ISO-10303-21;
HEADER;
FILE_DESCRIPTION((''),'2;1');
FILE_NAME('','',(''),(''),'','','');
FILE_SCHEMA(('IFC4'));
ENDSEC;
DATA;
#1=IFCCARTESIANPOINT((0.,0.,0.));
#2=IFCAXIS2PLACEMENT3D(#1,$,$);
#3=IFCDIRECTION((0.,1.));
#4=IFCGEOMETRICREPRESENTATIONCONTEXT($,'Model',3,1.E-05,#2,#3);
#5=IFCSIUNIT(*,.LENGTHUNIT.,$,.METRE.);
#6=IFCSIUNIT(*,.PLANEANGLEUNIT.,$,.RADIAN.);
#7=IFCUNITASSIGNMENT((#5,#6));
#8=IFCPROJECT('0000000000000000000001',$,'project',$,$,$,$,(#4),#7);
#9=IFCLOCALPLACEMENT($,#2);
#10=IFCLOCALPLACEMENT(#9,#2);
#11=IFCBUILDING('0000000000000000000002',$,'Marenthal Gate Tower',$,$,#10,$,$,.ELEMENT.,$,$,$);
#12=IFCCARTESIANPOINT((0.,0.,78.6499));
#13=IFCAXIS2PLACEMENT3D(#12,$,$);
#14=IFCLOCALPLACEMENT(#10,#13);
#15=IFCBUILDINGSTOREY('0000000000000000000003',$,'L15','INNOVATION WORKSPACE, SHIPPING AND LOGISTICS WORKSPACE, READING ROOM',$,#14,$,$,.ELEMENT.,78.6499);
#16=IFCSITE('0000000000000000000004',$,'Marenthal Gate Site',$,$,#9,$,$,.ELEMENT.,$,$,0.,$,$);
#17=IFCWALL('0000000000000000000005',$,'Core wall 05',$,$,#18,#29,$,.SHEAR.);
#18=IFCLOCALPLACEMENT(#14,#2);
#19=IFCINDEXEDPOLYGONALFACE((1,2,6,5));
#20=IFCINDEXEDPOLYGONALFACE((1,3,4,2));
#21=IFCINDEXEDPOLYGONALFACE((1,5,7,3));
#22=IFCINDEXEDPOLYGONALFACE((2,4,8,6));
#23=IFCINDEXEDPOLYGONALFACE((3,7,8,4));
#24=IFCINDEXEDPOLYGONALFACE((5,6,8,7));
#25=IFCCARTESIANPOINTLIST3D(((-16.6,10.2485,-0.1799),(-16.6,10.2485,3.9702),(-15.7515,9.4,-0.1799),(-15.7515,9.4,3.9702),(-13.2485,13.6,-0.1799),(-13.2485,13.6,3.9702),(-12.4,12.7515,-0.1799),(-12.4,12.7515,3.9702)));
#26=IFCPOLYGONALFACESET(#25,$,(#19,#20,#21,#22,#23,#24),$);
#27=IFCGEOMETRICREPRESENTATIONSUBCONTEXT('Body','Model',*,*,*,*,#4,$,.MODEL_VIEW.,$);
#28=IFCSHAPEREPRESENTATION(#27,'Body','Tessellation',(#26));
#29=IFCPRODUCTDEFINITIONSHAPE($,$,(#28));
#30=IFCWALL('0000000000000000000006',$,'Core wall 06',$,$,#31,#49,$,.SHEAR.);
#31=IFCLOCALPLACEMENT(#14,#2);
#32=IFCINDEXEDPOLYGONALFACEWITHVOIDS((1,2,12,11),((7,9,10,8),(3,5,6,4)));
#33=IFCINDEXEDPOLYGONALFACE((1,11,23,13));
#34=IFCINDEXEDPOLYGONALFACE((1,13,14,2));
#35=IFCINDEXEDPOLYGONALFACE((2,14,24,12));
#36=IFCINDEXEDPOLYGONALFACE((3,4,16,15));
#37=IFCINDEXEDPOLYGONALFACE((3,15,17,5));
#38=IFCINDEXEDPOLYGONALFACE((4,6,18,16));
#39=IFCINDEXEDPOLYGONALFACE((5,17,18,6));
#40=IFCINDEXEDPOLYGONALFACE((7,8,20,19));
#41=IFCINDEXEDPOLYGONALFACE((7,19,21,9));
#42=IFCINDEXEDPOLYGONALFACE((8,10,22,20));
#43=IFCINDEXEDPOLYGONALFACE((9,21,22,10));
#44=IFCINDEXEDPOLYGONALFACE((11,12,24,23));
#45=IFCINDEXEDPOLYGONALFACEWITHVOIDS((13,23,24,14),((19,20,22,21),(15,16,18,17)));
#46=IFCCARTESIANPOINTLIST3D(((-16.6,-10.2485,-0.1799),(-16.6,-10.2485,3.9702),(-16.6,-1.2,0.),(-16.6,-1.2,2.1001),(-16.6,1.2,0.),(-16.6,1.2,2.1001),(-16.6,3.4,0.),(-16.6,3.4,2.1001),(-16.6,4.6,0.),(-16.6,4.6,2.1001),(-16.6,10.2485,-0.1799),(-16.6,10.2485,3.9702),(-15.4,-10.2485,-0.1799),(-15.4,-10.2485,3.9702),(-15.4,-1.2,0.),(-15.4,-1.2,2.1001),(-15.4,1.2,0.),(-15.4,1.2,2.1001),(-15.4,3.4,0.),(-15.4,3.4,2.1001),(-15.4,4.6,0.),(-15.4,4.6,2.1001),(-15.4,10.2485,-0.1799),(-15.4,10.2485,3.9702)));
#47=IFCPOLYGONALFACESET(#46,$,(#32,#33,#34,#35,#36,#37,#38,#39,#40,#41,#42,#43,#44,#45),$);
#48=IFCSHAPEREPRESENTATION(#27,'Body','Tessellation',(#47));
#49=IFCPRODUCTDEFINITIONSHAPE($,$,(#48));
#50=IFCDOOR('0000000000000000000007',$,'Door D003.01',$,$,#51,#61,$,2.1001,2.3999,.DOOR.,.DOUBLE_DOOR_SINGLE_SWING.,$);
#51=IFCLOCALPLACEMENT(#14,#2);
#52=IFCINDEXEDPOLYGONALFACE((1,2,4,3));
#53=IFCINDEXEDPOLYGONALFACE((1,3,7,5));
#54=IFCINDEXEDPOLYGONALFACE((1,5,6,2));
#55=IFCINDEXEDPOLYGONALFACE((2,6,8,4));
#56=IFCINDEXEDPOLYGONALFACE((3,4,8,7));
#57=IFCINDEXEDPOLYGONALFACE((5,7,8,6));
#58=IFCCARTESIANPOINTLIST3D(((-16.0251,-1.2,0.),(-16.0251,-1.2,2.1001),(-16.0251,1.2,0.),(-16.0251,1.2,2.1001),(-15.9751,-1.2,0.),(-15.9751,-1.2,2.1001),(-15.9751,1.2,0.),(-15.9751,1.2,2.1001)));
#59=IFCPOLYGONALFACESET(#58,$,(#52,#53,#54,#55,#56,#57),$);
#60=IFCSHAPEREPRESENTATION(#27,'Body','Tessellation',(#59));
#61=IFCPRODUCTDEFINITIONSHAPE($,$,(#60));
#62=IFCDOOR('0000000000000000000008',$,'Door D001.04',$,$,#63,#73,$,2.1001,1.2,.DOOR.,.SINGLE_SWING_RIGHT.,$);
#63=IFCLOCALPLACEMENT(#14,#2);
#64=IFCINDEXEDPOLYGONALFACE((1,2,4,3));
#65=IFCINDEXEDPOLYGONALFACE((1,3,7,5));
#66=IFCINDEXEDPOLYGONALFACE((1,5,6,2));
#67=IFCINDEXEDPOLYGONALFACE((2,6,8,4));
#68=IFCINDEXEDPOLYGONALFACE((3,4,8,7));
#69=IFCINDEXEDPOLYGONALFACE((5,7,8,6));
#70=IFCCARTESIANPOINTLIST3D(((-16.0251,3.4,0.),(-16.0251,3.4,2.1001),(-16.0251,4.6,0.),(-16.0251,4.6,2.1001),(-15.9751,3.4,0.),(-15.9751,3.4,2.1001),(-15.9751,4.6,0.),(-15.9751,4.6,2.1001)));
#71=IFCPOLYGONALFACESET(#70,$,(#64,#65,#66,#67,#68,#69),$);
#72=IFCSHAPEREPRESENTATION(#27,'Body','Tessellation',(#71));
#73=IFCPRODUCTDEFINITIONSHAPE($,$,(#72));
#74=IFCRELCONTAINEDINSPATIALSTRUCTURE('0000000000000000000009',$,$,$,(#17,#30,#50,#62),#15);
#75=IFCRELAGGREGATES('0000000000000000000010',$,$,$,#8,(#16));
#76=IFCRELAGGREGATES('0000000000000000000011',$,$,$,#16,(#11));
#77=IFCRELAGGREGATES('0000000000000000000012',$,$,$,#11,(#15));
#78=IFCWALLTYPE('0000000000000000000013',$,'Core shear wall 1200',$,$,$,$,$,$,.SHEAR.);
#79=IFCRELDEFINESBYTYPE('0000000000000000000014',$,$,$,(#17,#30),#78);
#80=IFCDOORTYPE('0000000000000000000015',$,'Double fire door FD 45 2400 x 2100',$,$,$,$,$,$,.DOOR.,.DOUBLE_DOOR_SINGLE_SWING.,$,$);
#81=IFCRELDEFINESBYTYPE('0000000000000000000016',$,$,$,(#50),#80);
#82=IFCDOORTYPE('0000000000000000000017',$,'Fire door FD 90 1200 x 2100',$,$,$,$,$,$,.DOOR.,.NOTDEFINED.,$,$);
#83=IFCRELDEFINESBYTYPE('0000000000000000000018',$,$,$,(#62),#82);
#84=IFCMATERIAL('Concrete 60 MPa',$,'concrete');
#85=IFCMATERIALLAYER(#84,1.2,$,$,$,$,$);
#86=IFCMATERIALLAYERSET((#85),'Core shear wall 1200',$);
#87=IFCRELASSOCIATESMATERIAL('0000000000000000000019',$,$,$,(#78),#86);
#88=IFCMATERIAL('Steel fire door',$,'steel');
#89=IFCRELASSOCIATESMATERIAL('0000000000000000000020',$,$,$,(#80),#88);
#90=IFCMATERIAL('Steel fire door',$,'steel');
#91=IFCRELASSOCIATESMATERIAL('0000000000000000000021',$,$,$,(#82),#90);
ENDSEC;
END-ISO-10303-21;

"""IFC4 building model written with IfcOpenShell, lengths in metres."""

from ifc_helpers import new_model, si_unit, direction, frame, frame_2d, origin, place, context, subcontext, project, spatial, rectangle, extrude, material, layer, layer_set, type_object, element, fill, save


model = new_model("IFC4")

# Units and contexts
model_context = context("Model", 3, precision=1e-05, world=origin(), true_north=direction((0.0, 1.0)))
body_context = subcontext(model_context, "Body", "Model", "MODEL_VIEW")
ifc_project = project(units=[si_unit("LENGTHUNIT", "METRE"), si_unit("PLANEANGLEUNIT", "RADIAN")], contexts=[model_context])

# Site, building, storey
site_placement = place(None, origin())
site = spatial("IfcSite", under=ifc_project, at=site_placement, Name="Marenthal Gate Site", CompositionType="ELEMENT", RefElevation=0.0)
building_placement = place(site_placement, origin())
building = spatial("IfcBuilding", under=site, at=building_placement, Name="Marenthal Gate Tower", CompositionType="ELEMENT")
storey_placement = place(building_placement, frame((0.0, 0.0, 78.6499)))
storey = spatial("IfcBuildingStorey", under=building, at=storey_placement, Name="L15", Description="INNOVATION WORKSPACE, SHIPPING AND LOGISTICS WORKSPACE, READING ROOM", CompositionType="ELEMENT", Elevation=78.6499)

# Wall
ifc_material_1 = material(Name="Concrete 60 MPa", Category="concrete")
ifc_layer_1 = layer(ifc_material_1, 1.2)
ifc_layer_set_1 = layer_set([ifc_layer_1], Name="Core shear wall 1200")
wall_type_1 = type_object("IfcWallType", Name="Core shear wall 1200", PredefinedType="SHEAR", material=ifc_layer_set_1)
wall_1_placement = place(storey_placement, frame((-12.8242, 13.1758, -0.1799), z_axis=(0.0, 0.0, 1.0), x_axis=(-0.707107, -0.707107, 0.0)))
element("IfcWall", 1, at=wall_1_placement, inside=storey, type_object=wall_type_1, Name="Core wall 05", PredefinedType="SHEAR", context=body_context, shape_type="SweptSolid", body=[
    extrude(rectangle(XDim=4.7397, YDim=1.2, at=frame_2d((2.3699, 0.0))), origin(), (0.0, 0.0, 1.0), 4.1501),
])

# Wall, openings, doors
wall_2_placement = place(storey_placement, frame((-16.0, 10.2485, -0.1799), z_axis=(0.0, 0.0, 1.0), x_axis=(0.0, -1.0, 0.0)))
wall_2 = element("IfcWall", 2, at=wall_2_placement, inside=storey, type_object=wall_type_1, Name="Core wall 06", PredefinedType="SHEAR", context=body_context, shape_type="SweptSolid", body=[
    extrude(rectangle(XDim=20.4971, YDim=1.2, at=frame_2d((10.2485, 0.0))), origin(), (0.0, 0.0, 1.0), 4.1501),
])
opening_1_placement = place(wall_2_placement, frame((9.0486, 0.0, 0.1799)))
opening_1 = element("IfcOpeningElement", 3, at=opening_1_placement, cuts=wall_2, PredefinedType="OPENING", context=body_context, shape_type="SweptSolid", body=[
    extrude(rectangle(XDim=2.3999, YDim=2.1001, at=frame_2d((1.2, 1.05))), frame((0.0, 0.6099, 0.0), z_axis=(0.0, -1.0, 0.0), x_axis=(1.0, 0.0, 0.0)), (0.0, 0.0, 1.0), 1.22),
])
opening_2_placement = place(wall_2_placement, frame((5.6484, 0.0, 0.1799)))
opening_2 = element("IfcOpeningElement", 4, at=opening_2_placement, cuts=wall_2, PredefinedType="OPENING", context=body_context, shape_type="SweptSolid", body=[
    extrude(rectangle(XDim=1.2, YDim=2.1001, at=frame_2d((0.6001, 1.05))), frame((0.0, 0.6099, 0.0), z_axis=(0.0, -1.0, 0.0), x_axis=(1.0, 0.0, 0.0)), (0.0, 0.0, 1.0), 1.22),
])
ifc_material_2 = material(Name="Steel fire door", Category="steel")
door_type_1 = type_object("IfcDoorType", Name="Double fire door FD 45 2400 x 2100", OperationType="DOUBLE_DOOR_SINGLE_SWING", PredefinedType="DOOR", material=ifc_material_2)
door_1_placement = place(opening_1_placement, origin())
door_1 = element("IfcDoor", 5, at=door_1_placement, inside=storey, type_object=door_type_1, Name="Door D003.01", OperationType="DOUBLE_DOOR_SINGLE_SWING", OverallHeight=2.1001, OverallWidth=2.3999, PredefinedType="DOOR", context=body_context, shape_type="SweptSolid", body=[
    extrude(rectangle(XDim=2.3999, YDim=2.1001, at=frame_2d((1.2, 1.05))), frame((0.0, 0.0249, 0.0), z_axis=(0.0, -1.0, 0.0), x_axis=(1.0, 0.0, 0.0)), (0.0, 0.0, 1.0), 0.05),
])
fill(opening_1, door_1)
ifc_material_3 = material(Name="Steel fire door", Category="steel")
door_type_2 = type_object("IfcDoorType", Name="Fire door FD 90 1200 x 2100", OperationType="NOTDEFINED", PredefinedType="DOOR", material=ifc_material_3)
door_2_placement = place(opening_2_placement, origin())
door_2 = element("IfcDoor", 6, at=door_2_placement, inside=storey, type_object=door_type_2, Name="Door D001.04", OperationType="SINGLE_SWING_RIGHT", OverallHeight=2.1001, OverallWidth=1.2, PredefinedType="DOOR", context=body_context, shape_type="SweptSolid", body=[
    extrude(rectangle(XDim=1.2, YDim=2.1001, at=frame_2d((0.6001, 1.05))), frame((0.0, 0.0249, 0.0), z_axis=(0.0, -1.0, 0.0), x_axis=(1.0, 0.0, 0.0)), (0.0, 0.0, 1.0), 0.05),
])
fill(opening_2, door_2)

save(model, "model.ifc")
